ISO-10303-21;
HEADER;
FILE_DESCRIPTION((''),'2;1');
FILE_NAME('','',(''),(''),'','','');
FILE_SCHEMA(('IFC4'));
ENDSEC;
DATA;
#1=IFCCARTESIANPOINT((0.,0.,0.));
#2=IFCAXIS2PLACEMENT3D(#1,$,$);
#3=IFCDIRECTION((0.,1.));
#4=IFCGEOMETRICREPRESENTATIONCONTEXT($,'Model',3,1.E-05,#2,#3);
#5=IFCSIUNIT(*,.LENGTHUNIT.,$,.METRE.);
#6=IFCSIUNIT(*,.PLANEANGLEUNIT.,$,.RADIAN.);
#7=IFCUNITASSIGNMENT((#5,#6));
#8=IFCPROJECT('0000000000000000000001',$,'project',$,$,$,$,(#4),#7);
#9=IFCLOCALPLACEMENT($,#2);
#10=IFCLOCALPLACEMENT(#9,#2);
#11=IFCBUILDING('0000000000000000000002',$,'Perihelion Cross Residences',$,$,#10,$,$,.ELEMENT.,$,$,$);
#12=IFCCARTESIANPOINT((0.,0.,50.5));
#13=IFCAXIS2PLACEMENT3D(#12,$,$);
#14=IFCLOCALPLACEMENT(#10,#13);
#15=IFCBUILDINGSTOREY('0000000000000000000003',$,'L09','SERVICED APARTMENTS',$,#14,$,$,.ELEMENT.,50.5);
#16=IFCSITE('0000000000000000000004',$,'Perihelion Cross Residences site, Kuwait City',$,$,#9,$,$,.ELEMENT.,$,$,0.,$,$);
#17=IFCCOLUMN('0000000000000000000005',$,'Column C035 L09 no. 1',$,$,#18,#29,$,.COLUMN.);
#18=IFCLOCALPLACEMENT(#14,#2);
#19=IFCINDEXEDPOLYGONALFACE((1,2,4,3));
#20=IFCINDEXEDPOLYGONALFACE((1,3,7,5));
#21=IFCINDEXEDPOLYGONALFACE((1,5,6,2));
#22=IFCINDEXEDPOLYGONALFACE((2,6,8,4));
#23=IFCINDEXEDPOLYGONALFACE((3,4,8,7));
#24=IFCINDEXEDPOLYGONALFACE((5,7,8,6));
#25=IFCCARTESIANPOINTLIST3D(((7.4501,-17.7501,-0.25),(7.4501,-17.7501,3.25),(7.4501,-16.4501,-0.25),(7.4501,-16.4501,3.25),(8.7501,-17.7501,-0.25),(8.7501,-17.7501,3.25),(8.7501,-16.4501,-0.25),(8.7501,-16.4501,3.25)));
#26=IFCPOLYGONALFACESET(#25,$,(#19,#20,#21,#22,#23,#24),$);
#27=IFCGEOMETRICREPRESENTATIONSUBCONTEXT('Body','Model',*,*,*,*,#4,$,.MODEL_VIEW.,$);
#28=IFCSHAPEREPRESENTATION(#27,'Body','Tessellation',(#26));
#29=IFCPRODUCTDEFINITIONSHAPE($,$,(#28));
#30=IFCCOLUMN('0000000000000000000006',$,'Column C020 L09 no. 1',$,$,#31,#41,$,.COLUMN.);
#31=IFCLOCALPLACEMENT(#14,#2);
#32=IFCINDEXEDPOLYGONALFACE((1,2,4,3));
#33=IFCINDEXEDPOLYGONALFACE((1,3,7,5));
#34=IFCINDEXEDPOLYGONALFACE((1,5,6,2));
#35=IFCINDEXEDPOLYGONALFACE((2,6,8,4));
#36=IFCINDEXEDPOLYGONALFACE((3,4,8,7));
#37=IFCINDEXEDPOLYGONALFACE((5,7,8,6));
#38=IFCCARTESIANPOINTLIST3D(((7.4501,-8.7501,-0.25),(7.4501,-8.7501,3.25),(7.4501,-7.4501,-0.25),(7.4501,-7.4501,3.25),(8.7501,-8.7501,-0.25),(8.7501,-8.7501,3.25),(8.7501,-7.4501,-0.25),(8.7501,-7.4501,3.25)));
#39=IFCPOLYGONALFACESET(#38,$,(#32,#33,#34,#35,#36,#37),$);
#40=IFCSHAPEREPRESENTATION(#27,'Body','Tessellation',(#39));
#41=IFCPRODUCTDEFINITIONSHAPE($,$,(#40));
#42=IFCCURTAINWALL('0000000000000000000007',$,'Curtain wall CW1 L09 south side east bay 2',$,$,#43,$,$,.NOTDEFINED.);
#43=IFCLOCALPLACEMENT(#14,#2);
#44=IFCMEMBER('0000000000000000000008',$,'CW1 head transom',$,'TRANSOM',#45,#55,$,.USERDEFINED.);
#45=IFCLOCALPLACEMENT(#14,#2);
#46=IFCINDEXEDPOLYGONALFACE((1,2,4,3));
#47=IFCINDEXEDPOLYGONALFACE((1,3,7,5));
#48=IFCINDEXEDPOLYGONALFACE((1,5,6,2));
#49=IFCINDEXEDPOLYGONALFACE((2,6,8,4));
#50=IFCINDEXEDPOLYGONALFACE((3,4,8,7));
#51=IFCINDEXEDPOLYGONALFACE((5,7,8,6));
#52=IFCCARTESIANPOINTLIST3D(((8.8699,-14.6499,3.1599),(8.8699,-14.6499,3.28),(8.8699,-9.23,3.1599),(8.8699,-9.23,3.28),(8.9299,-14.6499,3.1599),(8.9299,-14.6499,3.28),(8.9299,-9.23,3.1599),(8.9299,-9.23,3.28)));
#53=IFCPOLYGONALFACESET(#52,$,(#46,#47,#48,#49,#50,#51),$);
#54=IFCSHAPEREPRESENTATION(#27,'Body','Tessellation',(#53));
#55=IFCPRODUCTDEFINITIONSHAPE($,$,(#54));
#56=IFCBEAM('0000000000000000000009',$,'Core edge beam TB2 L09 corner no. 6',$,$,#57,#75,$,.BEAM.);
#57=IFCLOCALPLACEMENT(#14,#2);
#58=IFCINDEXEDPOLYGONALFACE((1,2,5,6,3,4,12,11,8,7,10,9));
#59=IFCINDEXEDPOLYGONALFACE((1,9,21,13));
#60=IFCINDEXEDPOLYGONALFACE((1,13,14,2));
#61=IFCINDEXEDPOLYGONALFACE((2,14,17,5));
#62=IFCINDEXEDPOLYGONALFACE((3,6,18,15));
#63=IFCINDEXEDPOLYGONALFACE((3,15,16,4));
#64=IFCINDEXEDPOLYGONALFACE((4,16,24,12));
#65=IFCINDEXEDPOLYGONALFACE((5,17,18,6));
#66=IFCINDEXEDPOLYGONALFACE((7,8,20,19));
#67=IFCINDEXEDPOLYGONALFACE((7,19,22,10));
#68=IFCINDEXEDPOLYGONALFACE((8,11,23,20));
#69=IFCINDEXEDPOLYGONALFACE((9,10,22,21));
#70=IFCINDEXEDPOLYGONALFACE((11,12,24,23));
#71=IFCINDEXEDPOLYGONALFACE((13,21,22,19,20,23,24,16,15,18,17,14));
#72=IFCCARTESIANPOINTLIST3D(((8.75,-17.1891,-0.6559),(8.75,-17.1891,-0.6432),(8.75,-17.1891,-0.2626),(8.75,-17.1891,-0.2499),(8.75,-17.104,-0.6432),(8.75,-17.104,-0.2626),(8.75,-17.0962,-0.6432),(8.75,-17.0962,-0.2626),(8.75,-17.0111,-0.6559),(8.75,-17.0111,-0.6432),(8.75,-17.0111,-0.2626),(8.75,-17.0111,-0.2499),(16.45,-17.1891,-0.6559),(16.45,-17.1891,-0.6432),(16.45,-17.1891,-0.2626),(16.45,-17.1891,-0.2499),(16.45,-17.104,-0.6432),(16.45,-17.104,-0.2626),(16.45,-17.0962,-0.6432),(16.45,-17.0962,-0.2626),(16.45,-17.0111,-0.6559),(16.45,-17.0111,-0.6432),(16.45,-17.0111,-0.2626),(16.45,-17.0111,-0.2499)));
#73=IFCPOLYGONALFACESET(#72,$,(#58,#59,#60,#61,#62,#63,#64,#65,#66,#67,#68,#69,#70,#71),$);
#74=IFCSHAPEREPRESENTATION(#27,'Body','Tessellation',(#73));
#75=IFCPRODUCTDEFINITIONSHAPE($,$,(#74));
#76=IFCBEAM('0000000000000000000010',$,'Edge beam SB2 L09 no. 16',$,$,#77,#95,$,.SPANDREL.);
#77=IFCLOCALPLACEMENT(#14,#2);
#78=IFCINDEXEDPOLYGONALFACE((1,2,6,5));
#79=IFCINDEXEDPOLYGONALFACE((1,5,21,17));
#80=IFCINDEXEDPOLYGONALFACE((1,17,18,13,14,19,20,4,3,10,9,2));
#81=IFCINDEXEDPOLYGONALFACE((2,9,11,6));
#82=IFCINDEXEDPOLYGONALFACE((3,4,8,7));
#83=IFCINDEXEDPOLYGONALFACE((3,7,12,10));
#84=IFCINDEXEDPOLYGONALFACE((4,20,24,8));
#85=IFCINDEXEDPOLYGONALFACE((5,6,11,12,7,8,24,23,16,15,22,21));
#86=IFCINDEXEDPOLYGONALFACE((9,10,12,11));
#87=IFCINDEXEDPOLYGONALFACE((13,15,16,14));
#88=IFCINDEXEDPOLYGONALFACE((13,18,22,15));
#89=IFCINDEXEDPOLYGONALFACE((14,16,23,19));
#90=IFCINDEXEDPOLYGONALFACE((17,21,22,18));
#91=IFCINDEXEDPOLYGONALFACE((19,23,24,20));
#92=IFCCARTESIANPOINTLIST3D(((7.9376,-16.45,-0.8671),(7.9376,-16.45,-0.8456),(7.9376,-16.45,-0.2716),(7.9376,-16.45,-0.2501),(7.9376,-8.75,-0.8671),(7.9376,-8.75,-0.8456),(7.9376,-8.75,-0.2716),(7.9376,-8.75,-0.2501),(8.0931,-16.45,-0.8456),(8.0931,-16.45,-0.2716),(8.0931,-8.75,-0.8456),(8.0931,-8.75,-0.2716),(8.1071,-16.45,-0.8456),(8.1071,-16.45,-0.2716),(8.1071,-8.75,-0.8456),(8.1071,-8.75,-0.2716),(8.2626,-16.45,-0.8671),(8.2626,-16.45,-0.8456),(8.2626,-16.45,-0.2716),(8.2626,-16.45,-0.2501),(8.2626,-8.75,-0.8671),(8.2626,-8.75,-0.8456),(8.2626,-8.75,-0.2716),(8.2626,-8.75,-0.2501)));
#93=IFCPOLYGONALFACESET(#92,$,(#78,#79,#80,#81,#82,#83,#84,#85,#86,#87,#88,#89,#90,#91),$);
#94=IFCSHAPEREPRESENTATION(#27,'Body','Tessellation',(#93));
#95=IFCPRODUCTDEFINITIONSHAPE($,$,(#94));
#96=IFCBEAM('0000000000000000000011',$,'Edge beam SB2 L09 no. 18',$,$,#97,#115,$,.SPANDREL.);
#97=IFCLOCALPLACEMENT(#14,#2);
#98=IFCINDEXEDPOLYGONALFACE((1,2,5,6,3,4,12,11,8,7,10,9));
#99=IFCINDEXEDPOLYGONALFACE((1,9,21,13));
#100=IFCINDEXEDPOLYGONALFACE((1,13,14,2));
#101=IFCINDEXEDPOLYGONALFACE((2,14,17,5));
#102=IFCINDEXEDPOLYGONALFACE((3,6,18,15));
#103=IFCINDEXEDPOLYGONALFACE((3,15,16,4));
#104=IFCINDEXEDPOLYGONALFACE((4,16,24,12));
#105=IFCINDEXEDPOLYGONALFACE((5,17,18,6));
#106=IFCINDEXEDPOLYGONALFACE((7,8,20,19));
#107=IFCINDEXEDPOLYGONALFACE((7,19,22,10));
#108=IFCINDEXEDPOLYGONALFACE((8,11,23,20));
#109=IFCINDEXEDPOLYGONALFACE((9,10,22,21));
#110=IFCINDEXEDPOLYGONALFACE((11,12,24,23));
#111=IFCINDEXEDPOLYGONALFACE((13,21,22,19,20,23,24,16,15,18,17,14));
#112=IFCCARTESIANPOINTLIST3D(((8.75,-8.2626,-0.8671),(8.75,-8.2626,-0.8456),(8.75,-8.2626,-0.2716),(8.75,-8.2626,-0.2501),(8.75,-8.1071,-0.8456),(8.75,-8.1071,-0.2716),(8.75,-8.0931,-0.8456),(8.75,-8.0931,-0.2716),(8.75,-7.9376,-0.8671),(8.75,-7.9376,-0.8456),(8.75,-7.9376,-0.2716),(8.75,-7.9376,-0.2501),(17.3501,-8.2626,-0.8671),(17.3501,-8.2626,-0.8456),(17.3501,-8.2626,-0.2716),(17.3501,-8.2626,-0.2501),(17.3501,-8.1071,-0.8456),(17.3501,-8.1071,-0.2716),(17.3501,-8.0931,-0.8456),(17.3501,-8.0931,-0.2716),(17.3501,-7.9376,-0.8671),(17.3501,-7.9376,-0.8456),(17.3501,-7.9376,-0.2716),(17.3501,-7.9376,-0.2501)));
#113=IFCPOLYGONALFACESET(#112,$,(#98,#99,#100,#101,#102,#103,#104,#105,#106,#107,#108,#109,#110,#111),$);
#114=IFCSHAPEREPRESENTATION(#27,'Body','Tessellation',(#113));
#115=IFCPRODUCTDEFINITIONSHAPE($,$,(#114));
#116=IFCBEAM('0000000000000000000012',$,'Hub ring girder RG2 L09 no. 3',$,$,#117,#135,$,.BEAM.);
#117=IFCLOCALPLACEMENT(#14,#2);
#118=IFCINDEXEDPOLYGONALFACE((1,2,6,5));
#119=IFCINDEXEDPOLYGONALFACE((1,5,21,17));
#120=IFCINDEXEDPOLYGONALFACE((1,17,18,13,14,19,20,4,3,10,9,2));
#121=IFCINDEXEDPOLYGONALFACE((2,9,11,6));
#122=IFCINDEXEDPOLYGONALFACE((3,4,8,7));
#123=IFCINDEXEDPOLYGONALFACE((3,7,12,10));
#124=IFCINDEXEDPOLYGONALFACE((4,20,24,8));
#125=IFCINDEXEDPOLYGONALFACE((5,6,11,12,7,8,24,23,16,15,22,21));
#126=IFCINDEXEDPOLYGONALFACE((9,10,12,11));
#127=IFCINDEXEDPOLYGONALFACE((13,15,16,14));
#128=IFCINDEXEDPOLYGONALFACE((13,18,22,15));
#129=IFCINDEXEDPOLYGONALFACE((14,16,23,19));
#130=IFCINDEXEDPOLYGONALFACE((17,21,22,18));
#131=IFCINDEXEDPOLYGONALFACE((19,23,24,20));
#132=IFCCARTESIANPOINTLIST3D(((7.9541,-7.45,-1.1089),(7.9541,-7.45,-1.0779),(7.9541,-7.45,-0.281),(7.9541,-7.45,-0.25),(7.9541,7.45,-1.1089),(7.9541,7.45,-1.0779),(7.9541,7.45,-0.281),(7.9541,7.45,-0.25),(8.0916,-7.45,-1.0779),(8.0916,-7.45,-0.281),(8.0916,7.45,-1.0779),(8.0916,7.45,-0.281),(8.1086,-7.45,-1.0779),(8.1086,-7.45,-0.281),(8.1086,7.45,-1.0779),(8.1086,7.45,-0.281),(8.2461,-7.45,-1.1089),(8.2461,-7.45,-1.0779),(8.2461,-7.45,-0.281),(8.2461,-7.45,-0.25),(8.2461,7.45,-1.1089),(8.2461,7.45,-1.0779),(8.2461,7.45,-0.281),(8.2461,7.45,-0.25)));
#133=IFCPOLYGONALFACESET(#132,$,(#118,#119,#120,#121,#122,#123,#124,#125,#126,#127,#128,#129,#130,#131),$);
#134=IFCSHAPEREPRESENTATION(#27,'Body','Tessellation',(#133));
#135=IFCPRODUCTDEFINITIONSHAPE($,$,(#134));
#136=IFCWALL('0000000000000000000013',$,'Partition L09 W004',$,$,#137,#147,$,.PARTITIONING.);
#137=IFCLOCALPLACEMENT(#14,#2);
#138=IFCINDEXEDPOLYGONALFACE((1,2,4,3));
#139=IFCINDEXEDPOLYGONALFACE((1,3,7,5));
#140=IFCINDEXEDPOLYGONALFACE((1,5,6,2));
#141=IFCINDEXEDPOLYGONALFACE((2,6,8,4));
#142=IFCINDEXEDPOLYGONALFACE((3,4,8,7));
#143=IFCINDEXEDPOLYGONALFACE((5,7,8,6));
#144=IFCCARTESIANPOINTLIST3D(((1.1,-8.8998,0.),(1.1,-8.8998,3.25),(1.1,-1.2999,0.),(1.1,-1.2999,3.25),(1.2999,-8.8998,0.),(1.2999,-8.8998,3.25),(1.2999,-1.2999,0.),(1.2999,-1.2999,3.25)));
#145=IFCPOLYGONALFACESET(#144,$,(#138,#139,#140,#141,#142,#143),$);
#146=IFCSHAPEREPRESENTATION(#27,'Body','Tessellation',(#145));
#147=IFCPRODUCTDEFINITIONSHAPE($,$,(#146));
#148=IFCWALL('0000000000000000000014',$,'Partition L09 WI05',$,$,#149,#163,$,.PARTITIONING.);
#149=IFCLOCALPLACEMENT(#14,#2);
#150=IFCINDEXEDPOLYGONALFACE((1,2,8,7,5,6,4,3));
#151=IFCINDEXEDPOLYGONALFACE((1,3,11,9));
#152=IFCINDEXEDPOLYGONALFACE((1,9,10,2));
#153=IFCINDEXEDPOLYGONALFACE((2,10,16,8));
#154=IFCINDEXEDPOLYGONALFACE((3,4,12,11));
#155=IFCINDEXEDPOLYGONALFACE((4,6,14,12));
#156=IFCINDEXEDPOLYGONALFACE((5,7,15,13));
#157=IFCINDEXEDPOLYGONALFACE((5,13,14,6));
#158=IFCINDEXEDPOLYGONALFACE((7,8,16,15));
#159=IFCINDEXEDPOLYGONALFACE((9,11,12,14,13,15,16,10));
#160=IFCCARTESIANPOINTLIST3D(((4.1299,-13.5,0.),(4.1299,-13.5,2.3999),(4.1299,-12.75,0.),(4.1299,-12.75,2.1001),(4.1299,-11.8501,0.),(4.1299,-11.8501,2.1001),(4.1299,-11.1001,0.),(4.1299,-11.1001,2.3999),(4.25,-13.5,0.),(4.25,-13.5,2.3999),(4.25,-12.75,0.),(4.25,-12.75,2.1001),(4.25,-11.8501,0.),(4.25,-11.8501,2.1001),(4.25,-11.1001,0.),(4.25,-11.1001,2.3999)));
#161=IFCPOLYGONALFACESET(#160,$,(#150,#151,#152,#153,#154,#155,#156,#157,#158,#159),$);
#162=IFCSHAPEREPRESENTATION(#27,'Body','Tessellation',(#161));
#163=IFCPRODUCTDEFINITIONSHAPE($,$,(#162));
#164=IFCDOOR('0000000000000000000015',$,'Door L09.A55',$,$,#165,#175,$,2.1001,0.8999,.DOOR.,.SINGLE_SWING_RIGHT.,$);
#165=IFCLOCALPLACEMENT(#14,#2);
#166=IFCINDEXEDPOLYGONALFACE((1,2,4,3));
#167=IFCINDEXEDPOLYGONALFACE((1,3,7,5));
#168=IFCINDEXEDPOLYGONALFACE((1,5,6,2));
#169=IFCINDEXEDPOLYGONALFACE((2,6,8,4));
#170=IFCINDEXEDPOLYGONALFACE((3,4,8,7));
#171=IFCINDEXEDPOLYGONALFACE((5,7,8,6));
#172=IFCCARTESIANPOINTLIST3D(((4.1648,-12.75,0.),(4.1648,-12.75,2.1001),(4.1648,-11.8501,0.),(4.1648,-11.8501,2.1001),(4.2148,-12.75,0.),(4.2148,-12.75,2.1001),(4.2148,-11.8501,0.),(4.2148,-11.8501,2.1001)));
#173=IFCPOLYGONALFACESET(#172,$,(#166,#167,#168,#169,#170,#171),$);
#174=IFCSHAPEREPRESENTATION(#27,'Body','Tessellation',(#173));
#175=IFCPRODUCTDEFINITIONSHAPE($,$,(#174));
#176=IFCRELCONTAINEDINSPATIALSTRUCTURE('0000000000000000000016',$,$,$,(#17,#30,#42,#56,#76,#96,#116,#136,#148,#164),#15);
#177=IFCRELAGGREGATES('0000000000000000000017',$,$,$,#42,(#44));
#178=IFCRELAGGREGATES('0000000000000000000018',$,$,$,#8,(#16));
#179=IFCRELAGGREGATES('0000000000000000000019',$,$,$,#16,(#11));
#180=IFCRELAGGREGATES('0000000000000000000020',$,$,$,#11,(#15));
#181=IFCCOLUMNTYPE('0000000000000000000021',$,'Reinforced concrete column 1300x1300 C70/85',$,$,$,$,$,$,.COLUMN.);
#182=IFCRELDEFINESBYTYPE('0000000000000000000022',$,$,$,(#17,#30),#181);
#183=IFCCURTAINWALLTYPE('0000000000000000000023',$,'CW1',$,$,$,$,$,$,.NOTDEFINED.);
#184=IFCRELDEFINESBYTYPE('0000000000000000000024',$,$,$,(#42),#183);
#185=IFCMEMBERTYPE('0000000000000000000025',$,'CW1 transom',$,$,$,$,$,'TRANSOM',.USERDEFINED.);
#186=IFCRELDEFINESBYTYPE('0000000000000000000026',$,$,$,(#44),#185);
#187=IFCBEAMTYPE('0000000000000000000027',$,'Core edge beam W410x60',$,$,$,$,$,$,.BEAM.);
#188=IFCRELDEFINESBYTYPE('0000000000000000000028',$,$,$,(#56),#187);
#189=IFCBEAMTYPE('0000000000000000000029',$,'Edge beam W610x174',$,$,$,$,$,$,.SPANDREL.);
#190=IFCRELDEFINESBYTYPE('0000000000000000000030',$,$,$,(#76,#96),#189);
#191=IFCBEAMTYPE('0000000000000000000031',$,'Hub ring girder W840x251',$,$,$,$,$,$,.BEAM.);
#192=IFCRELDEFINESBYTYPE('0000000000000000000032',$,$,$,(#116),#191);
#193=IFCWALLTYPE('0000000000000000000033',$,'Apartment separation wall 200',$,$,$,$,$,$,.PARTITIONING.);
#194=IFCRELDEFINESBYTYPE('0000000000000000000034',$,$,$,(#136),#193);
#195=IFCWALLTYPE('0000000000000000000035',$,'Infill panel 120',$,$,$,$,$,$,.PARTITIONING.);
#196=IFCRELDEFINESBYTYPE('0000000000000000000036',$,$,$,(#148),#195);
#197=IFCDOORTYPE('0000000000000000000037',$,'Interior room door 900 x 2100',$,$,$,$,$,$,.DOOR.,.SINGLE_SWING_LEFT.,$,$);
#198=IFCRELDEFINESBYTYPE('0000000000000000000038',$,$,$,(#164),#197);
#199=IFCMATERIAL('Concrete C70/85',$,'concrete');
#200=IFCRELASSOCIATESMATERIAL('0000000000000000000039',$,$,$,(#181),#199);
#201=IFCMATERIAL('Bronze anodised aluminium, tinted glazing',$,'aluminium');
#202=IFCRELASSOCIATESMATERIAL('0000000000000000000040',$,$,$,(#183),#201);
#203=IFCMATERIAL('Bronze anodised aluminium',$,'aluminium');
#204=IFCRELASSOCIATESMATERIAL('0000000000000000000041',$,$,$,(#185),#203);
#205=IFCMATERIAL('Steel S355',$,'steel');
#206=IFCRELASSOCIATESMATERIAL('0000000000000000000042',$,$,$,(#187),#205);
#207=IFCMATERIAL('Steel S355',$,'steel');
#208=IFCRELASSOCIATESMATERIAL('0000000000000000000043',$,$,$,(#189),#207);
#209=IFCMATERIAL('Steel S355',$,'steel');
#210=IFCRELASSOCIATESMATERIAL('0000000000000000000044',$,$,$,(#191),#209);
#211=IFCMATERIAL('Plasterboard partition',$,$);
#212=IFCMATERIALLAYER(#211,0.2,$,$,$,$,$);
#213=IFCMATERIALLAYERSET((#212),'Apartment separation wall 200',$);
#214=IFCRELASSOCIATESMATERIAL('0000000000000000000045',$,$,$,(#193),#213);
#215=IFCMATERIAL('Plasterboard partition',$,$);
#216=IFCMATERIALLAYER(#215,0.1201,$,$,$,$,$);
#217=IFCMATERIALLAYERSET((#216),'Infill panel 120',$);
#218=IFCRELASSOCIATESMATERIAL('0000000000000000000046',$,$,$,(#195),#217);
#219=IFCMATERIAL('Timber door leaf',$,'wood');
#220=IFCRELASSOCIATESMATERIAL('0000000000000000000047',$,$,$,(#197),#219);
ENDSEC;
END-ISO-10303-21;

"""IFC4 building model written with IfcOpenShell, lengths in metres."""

from ifc_helpers import new_model, si_unit, direction, frame, frame_2d, origin, origin_2d, place, context, subcontext, project, spatial, rectangle, i_section, extrude, material, layer, layer_set, material_profile, profile_set, type_object, element, fill, aggregate, save


model = new_model("IFC4")

# Units and contexts
model_context = context("Model", 3, precision=1e-05, world=origin(), true_north=direction((0.0, 1.0)))
body_context = subcontext(model_context, "Body", "Model", "MODEL_VIEW")
ifc_project = project(units=[si_unit("LENGTHUNIT", "METRE"), si_unit("PLANEANGLEUNIT", "RADIAN")], contexts=[model_context])

# Site, building, storey
site_placement = place(None, origin())
site = spatial("IfcSite", under=ifc_project, at=site_placement, Name="Perihelion Cross Residences site, Kuwait City", CompositionType="ELEMENT", RefElevation=0.0)
building_placement = place(site_placement, origin())
building = spatial("IfcBuilding", under=site, at=building_placement, Name="Perihelion Cross Residences", CompositionType="ELEMENT")
storey_placement = place(building_placement, frame((0.0, 0.0, 50.5)))
storey = spatial("IfcBuildingStorey", under=building, at=storey_placement, Name="L09", Description="SERVICED APARTMENTS", CompositionType="ELEMENT", Elevation=50.5)

# Columns
ifc_material_1 = material(Name="Concrete C70/85", Category="concrete")
ifc_material_profile_1 = material_profile(ifc_material_1, rectangle(XDim=1.3, YDim=1.3, at=origin_2d()), Name="RC 1300x1300")
ifc_profile_set_1 = profile_set([ifc_material_profile_1], Name="Concrete C70/85")
column_type = type_object("IfcColumnType", Name="Reinforced concrete column 1300x1300 C70/85", PredefinedType="COLUMN", material=ifc_profile_set_1)
for number, where, z_axis, x_axis, name in (
    (1, (8.1001, -17.1001, -0.25), (0.0, 0.0, 1.0), (1.0, 0.0, 0.0), "Column C035 L09 no. 1"),
    (2, (8.1001, -8.1001, -0.25), (0.0, 0.0, 1.0), (1.0, 0.0, 0.0), "Column C020 L09 no. 1"),
):
    element("IfcColumn", number, at=place(storey_placement, frame(where, z_axis=z_axis, x_axis=x_axis)), inside=storey, type_object=column_type, Name=name, PredefinedType="COLUMN", context=body_context, shape_type="SweptSolid", body=[
        extrude(rectangle(XDim=1.3, YDim=1.3, at=origin_2d()), origin(), (0.0, 0.0, 1.0), 3.5),
    ])

# Curtain wall, member
ifc_material_2 = material(Name="Bronze anodised aluminium, tinted glazing", Category="aluminium")
curtain_wall_type = type_object("IfcCurtainWallType", Name="CW1", PredefinedType="NOTDEFINED", material=ifc_material_2)
curtain_wall_placement = place(storey_placement, origin())
curtain_wall = element("IfcCurtainWall", 3, at=curtain_wall_placement, inside=storey, type_object=curtain_wall_type, Name="Curtain wall CW1 L09 south side east bay 2", PredefinedType="NOTDEFINED")
ifc_material_3 = material(Name="Bronze anodised aluminium", Category="aluminium")
ifc_material_profile_2 = material_profile(ifc_material_3, rectangle(XDim=0.0601, YDim=0.1201, at=origin_2d()), Name="CW1 transom")
ifc_profile_set_2 = profile_set([ifc_material_profile_2], Name="Bronze anodised aluminium")
member_type = type_object("IfcMemberType", Name="CW1 transom", ElementType="TRANSOM", PredefinedType="USERDEFINED", material=ifc_profile_set_2)
member_placement = place(storey_placement, frame((8.8999, -14.6499, 3.22), z_axis=(0.0, 1.0, 0.0), x_axis=(-1.0, 0.0, 0.0)))
member = element("IfcMember", 4, at=member_placement, type_object=member_type, Name="CW1 head transom", ObjectType="TRANSOM", PredefinedType="USERDEFINED", context=body_context, shape_type="SweptSolid", body=[
    extrude(rectangle(XDim=0.0601, YDim=0.1201, at=origin_2d()), origin(), (0.0, 0.0, 1.0), 5.4199),
])
aggregate(curtain_wall, [member])

# Beams
ifc_material_4 = material(Name="Steel S355", Category="steel")
ifc_material_profile_3 = material_profile(ifc_material_4, i_section(OverallWidth=0.178, OverallDepth=0.406, WebThickness=0.0078, FlangeThickness=0.0127, at=origin_2d()), Name="W410x60")
ifc_profile_set_3 = profile_set([ifc_material_profile_3], Name="Steel S355")
beam_type_1 = type_object("IfcBeamType", Name="Core edge beam W410x60", PredefinedType="BEAM", material=ifc_profile_set_3)
beam_1_placement = place(storey_placement, frame((8.75, -17.1001, -0.4529), z_axis=(1.0, 0.0, 0.0), x_axis=(0.0, 1.0, 0.0)))
element("IfcBeam", 5, at=beam_1_placement, inside=storey, type_object=beam_type_1, Name="Core edge beam TB2 L09 corner no. 6", PredefinedType="BEAM", context=body_context, shape_type="SweptSolid", body=[
    extrude(i_section(OverallWidth=0.178, OverallDepth=0.406, WebThickness=0.0078, FlangeThickness=0.0127, at=origin_2d()), origin(), (0.0, 0.0, 1.0), 7.7),
])
ifc_material_5 = material(Name="Steel S355", Category="steel")
ifc_material_profile_4 = material_profile(ifc_material_5, i_section(OverallWidth=0.325, OverallDepth=0.6169, WebThickness=0.0139, FlangeThickness=0.0215, at=origin_2d()), Name="W610x174")
ifc_profile_set_4 = profile_set([ifc_material_profile_4], Name="Steel S355")
beam_type_2 = type_object("IfcBeamType", Name="Edge beam W610x174", PredefinedType="SPANDREL", material=ifc_profile_set_4)
beam_2_placement = place(storey_placement, frame((8.1001, -16.45, -0.5586), z_axis=(0.0, 1.0, 0.0), x_axis=(-1.0, 0.0, 0.0)))
element("IfcBeam", 6, at=beam_2_placement, inside=storey, type_object=beam_type_2, Name="Edge beam SB2 L09 no. 16", PredefinedType="SPANDREL", context=body_context, shape_type="SweptSolid", body=[
    extrude(i_section(OverallWidth=0.325, OverallDepth=0.6169, WebThickness=0.0139, FlangeThickness=0.0215, at=origin_2d()), origin(), (0.0, 0.0, 1.0), 7.7),
])
beam_3_placement = place(storey_placement, frame((8.75, -8.1001, -0.5586), z_axis=(1.0, 0.0, 0.0), x_axis=(0.0, 1.0, 0.0)))
element("IfcBeam", 7, at=beam_3_placement, inside=storey, type_object=beam_type_2, Name="Edge beam SB2 L09 no. 18", PredefinedType="SPANDREL", context=body_context, shape_type="SweptSolid", body=[
    extrude(i_section(OverallWidth=0.325, OverallDepth=0.6169, WebThickness=0.0139, FlangeThickness=0.0215, at=origin_2d()), origin(), (0.0, 0.0, 1.0), 8.6001),
])
ifc_material_6 = material(Name="Steel S355", Category="steel")
ifc_material_profile_5 = material_profile(ifc_material_6, i_section(OverallWidth=0.292, OverallDepth=0.8589, WebThickness=0.0171, FlangeThickness=0.031, at=origin_2d()), Name="W840x251")
ifc_profile_set_5 = profile_set([ifc_material_profile_5], Name="Steel S355")
beam_type_3 = type_object("IfcBeamType", Name="Hub ring girder W840x251", PredefinedType="BEAM", material=ifc_profile_set_5)
beam_4_placement = place(storey_placement, frame((8.1001, -7.45, -0.6794), z_axis=(0.0, 1.0, 0.0), x_axis=(-1.0, 0.0, 0.0)))
element("IfcBeam", 8, at=beam_4_placement, inside=storey, type_object=beam_type_3, Name="Hub ring girder RG2 L09 no. 3", PredefinedType="BEAM", context=body_context, shape_type="SweptSolid", body=[
    extrude(i_section(OverallWidth=0.292, OverallDepth=0.8589, WebThickness=0.0171, FlangeThickness=0.031, at=origin_2d()), origin(), (0.0, 0.0, 1.0), 14.8999),
])

# Wall
ifc_material_7 = material(Name="Plasterboard partition")
ifc_layer_1 = layer(ifc_material_7, 0.2)
ifc_layer_set_1 = layer_set([ifc_layer_1], Name="Apartment separation wall 200")
wall_type_1 = type_object("IfcWallType", Name="Apartment separation wall 200", PredefinedType="PARTITIONING", material=ifc_layer_set_1)
wall_1_placement = place(storey_placement, frame((1.2, -1.3, 0.0), z_axis=(0.0, 0.0, 1.0), x_axis=(0.0, -1.0, 0.0)))
element("IfcWall", 9, at=wall_1_placement, inside=storey, type_object=wall_type_1, Name="Partition L09 W004", PredefinedType="PARTITIONING", context=body_context, shape_type="SweptSolid", body=[
    extrude(rectangle(XDim=7.5999, YDim=0.2, at=frame_2d((3.7998, 0.0))), origin(), (0.0, 0.0, 1.0), 3.25),
])

# Wall, opening, door
ifc_material_8 = material(Name="Plasterboard partition")
ifc_layer_2 = layer(ifc_material_8, 0.1201)
ifc_layer_set_2 = layer_set([ifc_layer_2], Name="Infill panel 120")
wall_type_2 = type_object("IfcWallType", Name="Infill panel 120", PredefinedType="PARTITIONING", material=ifc_layer_set_2)
wall_2_placement = place(storey_placement, frame((4.1899, -11.1001, 0.0), z_axis=(0.0, 0.0, 1.0), x_axis=(0.0, -1.0, 0.0)))
wall_2 = element("IfcWall", 10, at=wall_2_placement, inside=storey, type_object=wall_type_2, Name="Partition L09 WI05", PredefinedType="PARTITIONING", context=body_context, shape_type="SweptSolid", body=[
    extrude(rectangle(XDim=2.3999, YDim=0.1201, at=frame_2d((1.2, 0.0))), origin(), (0.0, 0.0, 1.0), 2.3999),
])
opening_1_placement = place(wall_2_placement, frame((0.75, 0.0, 0.0)))
opening_1 = element("IfcOpeningElement", 11, at=opening_1_placement, cuts=wall_2, PredefinedType="OPENING", context=body_context, shape_type="SweptSolid", body=[
    extrude(rectangle(XDim=0.8999, YDim=2.1001, at=frame_2d((0.45, 1.05))), frame((0.0, 0.0701, 0.0), z_axis=(0.0, -1.0, 0.0), x_axis=(1.0, 0.0, 0.0)), (0.0, 0.0, 1.0), 0.1401),
])
ifc_material_9 = material(Name="Timber door leaf", Category="wood")
door_type_1 = type_object("IfcDoorType", Name="Interior room door 900 x 2100", OperationType="SINGLE_SWING_LEFT", PredefinedType="DOOR", material=ifc_material_9)
door_1_placement = place(opening_1_placement, origin())
door_1 = element("IfcDoor", 12, at=door_1_placement, inside=storey, type_object=door_type_1, Name="Door L09.A55", OperationType="SINGLE_SWING_RIGHT", OverallHeight=2.1001, OverallWidth=0.8999, PredefinedType="DOOR", context=body_context, shape_type="SweptSolid", body=[
    extrude(rectangle(XDim=0.8999, YDim=2.1001, at=frame_2d((0.45, 1.05))), frame((0.0, 0.0249, 0.0), z_axis=(0.0, -1.0, 0.0), x_axis=(1.0, 0.0, 0.0)), (0.0, 0.0, 1.0), 0.05),
])
fill(opening_1, door_1)

save(model, "model.ifc")
